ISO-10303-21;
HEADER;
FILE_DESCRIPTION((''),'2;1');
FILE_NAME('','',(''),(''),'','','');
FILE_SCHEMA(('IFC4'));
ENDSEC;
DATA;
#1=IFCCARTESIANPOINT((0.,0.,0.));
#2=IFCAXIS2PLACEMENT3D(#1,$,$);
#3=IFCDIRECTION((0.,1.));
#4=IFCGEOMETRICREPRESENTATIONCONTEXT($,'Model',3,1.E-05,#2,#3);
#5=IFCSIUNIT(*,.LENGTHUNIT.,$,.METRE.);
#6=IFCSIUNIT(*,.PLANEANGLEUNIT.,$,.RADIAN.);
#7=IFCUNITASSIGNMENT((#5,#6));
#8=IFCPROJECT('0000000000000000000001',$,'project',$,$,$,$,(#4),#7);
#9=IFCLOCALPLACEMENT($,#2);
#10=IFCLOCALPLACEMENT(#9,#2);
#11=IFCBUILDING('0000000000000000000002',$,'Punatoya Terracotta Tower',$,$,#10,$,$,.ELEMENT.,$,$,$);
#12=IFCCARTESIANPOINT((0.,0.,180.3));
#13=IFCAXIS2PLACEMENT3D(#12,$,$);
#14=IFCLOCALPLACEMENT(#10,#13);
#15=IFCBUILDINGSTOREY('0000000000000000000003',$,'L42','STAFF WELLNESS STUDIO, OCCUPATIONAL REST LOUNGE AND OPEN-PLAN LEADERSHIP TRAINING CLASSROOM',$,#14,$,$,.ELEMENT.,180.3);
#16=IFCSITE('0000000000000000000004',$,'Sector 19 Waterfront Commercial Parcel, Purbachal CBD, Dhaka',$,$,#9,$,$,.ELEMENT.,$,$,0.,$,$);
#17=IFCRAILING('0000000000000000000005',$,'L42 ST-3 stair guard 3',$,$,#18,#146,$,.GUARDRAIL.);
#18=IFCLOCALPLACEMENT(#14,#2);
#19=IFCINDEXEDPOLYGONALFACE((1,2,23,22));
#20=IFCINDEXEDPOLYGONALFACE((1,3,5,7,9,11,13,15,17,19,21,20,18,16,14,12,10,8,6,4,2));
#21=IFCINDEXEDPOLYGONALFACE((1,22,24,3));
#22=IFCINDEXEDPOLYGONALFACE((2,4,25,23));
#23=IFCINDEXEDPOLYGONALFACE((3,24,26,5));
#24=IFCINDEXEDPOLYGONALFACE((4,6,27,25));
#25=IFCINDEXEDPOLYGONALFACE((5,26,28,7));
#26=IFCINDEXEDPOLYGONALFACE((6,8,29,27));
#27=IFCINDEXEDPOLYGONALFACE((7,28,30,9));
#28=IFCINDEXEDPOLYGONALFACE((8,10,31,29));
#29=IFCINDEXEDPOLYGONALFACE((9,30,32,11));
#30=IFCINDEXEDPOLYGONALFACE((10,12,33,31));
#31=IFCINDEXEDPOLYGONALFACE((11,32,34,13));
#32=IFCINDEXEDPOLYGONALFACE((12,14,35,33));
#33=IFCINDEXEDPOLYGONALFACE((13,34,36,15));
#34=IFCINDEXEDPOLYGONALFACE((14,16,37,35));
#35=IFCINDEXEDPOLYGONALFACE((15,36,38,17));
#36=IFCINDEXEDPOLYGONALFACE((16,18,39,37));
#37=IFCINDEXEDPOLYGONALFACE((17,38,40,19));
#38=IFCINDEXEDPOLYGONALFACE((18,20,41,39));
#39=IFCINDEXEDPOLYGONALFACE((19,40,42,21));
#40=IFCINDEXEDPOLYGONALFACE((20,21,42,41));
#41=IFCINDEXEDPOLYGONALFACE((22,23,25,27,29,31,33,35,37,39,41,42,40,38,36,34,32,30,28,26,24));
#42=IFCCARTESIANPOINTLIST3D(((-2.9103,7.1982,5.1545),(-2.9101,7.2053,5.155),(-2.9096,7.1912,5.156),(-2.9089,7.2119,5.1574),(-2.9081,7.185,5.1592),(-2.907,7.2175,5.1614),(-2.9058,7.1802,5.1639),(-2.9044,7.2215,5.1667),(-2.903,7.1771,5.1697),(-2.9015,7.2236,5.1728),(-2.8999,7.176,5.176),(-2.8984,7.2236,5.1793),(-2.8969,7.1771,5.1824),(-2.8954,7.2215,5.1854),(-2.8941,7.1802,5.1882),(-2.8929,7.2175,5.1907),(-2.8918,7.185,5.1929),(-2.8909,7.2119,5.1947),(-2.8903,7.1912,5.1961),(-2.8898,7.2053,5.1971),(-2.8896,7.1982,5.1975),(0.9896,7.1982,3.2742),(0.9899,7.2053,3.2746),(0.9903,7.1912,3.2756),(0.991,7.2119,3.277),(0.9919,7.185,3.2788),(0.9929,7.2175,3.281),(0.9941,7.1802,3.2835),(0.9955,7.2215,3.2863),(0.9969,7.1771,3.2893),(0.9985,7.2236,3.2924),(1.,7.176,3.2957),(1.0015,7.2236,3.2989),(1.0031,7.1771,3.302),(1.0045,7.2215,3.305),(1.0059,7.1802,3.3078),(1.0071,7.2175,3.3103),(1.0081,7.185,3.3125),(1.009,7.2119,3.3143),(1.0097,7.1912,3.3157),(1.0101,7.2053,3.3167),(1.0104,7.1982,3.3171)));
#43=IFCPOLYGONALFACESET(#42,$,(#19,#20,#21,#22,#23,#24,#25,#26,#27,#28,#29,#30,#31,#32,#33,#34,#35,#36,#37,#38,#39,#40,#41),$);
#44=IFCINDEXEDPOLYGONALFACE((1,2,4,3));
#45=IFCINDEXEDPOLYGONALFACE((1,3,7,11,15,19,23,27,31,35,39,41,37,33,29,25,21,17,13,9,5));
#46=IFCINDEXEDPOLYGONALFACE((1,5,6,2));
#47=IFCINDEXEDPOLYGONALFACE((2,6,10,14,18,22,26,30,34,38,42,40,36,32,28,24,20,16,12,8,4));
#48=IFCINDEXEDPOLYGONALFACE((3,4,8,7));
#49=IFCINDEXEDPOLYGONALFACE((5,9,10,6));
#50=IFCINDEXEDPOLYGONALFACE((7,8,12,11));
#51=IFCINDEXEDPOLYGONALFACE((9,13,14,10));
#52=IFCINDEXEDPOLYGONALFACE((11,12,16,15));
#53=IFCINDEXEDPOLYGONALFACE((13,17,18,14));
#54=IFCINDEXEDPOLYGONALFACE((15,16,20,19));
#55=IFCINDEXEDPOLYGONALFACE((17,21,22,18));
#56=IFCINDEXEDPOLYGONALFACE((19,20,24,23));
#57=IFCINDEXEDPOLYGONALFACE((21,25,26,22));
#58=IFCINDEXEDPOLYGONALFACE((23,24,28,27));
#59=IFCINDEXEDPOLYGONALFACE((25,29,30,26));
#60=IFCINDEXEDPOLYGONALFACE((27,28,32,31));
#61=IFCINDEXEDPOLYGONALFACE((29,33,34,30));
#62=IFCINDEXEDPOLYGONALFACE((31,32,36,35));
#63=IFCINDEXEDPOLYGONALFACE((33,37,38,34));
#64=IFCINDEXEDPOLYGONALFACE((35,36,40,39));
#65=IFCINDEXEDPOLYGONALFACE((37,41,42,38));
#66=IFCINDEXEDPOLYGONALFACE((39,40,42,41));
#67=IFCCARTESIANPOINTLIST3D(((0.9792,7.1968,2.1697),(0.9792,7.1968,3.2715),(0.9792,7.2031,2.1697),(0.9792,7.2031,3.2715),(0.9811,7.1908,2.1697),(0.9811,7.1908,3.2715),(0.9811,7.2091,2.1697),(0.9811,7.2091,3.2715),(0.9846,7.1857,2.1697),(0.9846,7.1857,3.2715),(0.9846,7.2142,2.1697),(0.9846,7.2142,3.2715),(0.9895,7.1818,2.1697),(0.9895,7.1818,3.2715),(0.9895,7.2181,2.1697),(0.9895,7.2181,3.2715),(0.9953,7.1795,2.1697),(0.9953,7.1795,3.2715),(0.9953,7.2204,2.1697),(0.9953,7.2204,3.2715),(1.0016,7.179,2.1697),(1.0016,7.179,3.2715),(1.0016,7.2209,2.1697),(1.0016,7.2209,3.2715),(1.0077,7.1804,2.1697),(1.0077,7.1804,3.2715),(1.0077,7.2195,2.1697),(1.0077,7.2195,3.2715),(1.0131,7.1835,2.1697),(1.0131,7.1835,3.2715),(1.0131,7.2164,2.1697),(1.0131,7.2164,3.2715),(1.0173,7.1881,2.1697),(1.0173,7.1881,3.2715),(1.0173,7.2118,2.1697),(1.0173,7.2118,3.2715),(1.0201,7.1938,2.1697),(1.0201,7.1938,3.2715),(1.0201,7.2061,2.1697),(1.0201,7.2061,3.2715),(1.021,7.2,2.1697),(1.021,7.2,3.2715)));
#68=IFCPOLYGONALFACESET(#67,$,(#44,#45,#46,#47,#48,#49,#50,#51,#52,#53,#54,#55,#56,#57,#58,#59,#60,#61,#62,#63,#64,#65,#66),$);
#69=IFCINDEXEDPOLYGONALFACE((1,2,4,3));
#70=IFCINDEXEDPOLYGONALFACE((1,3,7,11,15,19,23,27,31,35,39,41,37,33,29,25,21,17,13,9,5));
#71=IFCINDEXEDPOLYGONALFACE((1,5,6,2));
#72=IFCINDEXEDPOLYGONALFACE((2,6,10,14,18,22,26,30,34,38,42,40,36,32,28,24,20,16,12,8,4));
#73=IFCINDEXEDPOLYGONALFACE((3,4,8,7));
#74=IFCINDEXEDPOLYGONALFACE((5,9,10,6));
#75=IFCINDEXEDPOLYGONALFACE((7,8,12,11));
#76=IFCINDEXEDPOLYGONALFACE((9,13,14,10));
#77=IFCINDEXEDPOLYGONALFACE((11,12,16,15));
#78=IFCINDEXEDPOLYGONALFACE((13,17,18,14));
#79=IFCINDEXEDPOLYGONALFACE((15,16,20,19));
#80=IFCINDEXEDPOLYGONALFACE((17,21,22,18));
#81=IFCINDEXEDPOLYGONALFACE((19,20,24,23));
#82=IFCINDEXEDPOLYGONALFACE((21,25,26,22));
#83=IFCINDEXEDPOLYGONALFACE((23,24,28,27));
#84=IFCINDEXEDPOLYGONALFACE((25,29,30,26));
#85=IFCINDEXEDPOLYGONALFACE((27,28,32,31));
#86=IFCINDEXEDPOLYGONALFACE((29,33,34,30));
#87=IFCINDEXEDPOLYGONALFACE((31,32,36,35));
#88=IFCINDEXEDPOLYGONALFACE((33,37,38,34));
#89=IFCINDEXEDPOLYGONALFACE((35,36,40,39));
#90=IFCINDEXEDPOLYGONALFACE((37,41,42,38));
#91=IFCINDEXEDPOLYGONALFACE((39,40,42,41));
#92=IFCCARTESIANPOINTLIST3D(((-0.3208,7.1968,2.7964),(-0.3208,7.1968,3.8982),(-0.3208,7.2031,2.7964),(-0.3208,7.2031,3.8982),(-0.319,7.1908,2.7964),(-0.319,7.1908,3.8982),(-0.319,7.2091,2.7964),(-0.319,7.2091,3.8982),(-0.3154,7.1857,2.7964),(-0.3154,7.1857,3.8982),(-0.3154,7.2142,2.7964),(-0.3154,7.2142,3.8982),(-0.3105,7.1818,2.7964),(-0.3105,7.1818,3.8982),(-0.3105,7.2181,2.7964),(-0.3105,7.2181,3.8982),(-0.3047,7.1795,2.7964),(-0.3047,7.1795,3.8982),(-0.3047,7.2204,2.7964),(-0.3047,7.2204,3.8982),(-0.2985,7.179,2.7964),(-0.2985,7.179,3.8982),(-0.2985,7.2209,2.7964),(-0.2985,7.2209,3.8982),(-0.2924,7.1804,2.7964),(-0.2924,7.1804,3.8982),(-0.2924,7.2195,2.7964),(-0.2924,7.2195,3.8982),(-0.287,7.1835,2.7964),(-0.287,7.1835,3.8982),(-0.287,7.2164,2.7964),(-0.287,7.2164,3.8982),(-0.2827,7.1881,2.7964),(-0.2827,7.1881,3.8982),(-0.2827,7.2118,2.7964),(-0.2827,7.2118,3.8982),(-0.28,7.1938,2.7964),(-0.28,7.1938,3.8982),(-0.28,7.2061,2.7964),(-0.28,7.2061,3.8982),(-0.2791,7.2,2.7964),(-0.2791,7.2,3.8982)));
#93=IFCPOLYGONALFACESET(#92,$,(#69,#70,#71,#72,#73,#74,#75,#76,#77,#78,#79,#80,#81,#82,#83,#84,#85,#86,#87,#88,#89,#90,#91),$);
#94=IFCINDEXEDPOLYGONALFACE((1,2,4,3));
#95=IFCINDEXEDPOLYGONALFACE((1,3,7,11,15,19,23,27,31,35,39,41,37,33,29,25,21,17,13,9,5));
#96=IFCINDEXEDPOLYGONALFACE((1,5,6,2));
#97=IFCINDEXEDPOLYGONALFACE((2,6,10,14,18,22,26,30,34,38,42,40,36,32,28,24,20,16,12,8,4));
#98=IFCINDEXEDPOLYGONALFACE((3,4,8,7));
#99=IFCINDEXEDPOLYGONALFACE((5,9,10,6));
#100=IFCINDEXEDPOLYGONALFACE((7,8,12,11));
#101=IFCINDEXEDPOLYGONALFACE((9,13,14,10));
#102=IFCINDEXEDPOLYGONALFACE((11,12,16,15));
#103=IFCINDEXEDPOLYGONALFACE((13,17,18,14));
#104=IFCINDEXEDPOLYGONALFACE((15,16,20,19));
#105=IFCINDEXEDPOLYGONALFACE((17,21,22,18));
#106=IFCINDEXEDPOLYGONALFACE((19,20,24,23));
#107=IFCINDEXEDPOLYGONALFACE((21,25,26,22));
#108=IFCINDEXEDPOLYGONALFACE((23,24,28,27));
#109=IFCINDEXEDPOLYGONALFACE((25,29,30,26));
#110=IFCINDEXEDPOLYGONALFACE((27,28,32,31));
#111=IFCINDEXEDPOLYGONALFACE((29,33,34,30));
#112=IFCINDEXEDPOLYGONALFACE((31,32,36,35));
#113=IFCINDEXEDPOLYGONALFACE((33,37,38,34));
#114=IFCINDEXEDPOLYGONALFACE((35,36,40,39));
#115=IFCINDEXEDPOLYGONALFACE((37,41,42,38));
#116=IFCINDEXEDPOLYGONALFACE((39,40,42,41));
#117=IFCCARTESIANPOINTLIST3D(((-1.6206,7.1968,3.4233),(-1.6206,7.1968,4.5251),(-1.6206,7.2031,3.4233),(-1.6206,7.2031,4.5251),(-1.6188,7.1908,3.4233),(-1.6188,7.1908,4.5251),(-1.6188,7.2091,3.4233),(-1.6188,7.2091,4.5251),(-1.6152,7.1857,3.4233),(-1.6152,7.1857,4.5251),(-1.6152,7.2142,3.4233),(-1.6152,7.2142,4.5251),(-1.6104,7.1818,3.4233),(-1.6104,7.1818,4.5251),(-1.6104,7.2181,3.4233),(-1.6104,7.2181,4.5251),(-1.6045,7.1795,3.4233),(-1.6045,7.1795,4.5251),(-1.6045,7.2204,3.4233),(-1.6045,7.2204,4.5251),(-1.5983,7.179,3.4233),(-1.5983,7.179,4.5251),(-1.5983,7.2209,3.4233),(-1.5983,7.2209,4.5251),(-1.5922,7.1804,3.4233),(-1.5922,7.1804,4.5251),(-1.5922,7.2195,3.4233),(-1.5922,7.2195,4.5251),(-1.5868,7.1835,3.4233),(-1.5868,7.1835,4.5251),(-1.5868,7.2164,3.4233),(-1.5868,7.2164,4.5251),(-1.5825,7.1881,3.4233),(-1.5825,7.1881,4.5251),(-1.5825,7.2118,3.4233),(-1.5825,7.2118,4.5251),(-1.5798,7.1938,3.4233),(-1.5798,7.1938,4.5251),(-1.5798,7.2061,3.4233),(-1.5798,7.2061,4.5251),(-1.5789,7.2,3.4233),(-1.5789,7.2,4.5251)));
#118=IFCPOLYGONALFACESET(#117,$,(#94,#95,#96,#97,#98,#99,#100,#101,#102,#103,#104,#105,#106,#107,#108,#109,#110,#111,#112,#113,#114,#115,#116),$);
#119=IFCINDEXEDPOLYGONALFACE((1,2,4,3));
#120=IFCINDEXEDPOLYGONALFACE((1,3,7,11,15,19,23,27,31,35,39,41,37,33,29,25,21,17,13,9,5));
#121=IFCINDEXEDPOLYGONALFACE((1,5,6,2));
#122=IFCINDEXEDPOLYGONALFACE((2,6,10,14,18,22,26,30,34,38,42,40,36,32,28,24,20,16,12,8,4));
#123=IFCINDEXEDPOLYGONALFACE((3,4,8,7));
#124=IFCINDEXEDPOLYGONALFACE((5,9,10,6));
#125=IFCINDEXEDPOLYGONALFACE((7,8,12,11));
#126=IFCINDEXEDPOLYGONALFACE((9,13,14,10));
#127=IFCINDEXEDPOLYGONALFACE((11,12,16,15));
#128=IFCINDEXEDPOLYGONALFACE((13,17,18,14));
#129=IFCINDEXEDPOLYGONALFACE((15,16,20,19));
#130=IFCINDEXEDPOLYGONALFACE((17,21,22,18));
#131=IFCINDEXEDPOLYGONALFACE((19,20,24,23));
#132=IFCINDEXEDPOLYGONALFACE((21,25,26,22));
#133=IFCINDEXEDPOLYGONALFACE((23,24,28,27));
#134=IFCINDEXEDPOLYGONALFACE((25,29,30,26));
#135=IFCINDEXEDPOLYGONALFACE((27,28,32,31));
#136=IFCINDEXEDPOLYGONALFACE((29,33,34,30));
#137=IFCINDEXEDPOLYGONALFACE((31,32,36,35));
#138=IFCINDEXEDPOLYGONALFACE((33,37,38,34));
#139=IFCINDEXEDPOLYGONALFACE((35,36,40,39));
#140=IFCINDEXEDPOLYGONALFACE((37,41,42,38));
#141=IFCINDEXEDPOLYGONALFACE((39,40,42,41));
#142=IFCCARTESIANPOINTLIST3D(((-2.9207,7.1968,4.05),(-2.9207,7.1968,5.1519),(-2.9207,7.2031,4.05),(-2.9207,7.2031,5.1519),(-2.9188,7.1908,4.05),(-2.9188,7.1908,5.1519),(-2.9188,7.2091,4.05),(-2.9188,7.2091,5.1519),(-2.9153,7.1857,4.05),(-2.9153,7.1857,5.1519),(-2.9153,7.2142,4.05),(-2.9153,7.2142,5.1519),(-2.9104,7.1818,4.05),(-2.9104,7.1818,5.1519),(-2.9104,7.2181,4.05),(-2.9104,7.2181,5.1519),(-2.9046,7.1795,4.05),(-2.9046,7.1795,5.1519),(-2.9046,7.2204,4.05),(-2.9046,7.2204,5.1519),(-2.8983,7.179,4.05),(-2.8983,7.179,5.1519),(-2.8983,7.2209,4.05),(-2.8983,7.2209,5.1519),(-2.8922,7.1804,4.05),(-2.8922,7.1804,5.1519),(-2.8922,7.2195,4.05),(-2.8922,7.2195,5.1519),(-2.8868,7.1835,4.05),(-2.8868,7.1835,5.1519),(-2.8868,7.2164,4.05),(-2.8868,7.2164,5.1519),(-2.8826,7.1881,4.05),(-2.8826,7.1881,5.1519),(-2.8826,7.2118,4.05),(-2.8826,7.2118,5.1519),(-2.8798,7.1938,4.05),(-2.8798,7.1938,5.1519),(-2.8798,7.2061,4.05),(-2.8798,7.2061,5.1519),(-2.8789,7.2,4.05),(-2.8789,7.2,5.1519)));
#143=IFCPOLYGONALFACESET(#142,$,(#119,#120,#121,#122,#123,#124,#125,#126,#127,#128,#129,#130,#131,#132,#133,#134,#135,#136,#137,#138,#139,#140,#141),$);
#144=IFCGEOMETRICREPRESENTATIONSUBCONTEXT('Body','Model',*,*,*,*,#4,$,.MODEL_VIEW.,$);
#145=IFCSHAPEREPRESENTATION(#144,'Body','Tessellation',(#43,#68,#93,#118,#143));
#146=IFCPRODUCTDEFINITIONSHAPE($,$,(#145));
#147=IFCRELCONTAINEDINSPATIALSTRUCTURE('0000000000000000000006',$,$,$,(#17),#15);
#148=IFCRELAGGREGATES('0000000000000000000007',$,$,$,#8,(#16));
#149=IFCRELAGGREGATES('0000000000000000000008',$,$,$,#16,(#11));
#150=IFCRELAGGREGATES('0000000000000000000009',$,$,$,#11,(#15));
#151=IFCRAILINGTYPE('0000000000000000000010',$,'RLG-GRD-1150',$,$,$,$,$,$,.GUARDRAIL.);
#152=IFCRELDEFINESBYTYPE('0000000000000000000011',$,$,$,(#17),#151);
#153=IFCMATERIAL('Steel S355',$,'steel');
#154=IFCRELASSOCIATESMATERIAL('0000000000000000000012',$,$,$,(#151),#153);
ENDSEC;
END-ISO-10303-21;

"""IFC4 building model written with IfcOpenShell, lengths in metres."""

from ifc_helpers import new_model, si_unit, direction, frame, origin, origin_2d, place, context, subcontext, project, spatial, circle, extrude, material, type_object, element, save


model = new_model("IFC4")

# Units and contexts
model_context = context("Model", 3, precision=1e-05, world=origin(), true_north=direction((0.0, 1.0)))
body_context = subcontext(model_context, "Body", "Model", "MODEL_VIEW")
ifc_project = project(units=[si_unit("LENGTHUNIT", "METRE"), si_unit("PLANEANGLEUNIT", "RADIAN")], contexts=[model_context])

# Site, building, storey
site_placement = place(None, origin())
site = spatial("IfcSite", under=ifc_project, at=site_placement, Name="Sector 19 Waterfront Commercial Parcel, Purbachal CBD, Dhaka", CompositionType="ELEMENT", RefElevation=0.0)
building_placement = place(site_placement, origin())
building = spatial("IfcBuilding", under=site, at=building_placement, Name="Punatoya Terracotta Tower", CompositionType="ELEMENT")
storey_placement = place(building_placement, frame((0.0, 0.0, 180.3)))
storey = spatial("IfcBuildingStorey", under=building, at=storey_placement, Name="L42", Description="STAFF WELLNESS STUDIO, OCCUPATIONAL REST LOUNGE AND OPEN-PLAN LEADERSHIP TRAINING CLASSROOM", CompositionType="ELEMENT", Elevation=180.3)

# Shared definitions
ifc_material_1 = material(Name="Steel S355", Category="steel")

# Railing
railing_type_1 = type_object("IfcRailingType", Name="RLG-GRD-1150", PredefinedType="GUARDRAIL", material=ifc_material_1)
railing_1_placement = place(storey_placement, frame((1.0, 7.2, 2.1697)))
element("IfcRailing", 1, at=railing_1_placement, inside=storey, type_object=railing_type_1, Name="L42 ST-3 stair guard 3", PredefinedType="GUARDRAIL", context=body_context, shape_type="SweptSolid", body=[
    extrude(circle(Radius=0.0239, at=origin_2d()), frame((0.0, 0.0, 1.126), z_axis=(-0.900763, 0.0, 0.434311), x_axis=(0.0, -1.0, 0.0)), (0.0, 0.0, 1.0), 4.3296),
    extrude(circle(Radius=0.021, at=origin_2d()), origin(), (0.0, 0.0, 1.0), 1.1018),
    extrude(circle(Radius=0.021, at=origin_2d()), frame((-1.3, 0.0, 0.6267)), (0.0, 0.0, 1.0), 1.1018),
    extrude(circle(Radius=0.021, at=origin_2d()), frame((-2.5999, 0.0, 1.2537)), (0.0, 0.0, 1.0), 1.1018),
    extrude(circle(Radius=0.021, at=origin_2d()), frame((-3.8999, 0.0, 1.8804)), (0.0, 0.0, 1.0), 1.1018),
])

save(model, "model.ifc")
